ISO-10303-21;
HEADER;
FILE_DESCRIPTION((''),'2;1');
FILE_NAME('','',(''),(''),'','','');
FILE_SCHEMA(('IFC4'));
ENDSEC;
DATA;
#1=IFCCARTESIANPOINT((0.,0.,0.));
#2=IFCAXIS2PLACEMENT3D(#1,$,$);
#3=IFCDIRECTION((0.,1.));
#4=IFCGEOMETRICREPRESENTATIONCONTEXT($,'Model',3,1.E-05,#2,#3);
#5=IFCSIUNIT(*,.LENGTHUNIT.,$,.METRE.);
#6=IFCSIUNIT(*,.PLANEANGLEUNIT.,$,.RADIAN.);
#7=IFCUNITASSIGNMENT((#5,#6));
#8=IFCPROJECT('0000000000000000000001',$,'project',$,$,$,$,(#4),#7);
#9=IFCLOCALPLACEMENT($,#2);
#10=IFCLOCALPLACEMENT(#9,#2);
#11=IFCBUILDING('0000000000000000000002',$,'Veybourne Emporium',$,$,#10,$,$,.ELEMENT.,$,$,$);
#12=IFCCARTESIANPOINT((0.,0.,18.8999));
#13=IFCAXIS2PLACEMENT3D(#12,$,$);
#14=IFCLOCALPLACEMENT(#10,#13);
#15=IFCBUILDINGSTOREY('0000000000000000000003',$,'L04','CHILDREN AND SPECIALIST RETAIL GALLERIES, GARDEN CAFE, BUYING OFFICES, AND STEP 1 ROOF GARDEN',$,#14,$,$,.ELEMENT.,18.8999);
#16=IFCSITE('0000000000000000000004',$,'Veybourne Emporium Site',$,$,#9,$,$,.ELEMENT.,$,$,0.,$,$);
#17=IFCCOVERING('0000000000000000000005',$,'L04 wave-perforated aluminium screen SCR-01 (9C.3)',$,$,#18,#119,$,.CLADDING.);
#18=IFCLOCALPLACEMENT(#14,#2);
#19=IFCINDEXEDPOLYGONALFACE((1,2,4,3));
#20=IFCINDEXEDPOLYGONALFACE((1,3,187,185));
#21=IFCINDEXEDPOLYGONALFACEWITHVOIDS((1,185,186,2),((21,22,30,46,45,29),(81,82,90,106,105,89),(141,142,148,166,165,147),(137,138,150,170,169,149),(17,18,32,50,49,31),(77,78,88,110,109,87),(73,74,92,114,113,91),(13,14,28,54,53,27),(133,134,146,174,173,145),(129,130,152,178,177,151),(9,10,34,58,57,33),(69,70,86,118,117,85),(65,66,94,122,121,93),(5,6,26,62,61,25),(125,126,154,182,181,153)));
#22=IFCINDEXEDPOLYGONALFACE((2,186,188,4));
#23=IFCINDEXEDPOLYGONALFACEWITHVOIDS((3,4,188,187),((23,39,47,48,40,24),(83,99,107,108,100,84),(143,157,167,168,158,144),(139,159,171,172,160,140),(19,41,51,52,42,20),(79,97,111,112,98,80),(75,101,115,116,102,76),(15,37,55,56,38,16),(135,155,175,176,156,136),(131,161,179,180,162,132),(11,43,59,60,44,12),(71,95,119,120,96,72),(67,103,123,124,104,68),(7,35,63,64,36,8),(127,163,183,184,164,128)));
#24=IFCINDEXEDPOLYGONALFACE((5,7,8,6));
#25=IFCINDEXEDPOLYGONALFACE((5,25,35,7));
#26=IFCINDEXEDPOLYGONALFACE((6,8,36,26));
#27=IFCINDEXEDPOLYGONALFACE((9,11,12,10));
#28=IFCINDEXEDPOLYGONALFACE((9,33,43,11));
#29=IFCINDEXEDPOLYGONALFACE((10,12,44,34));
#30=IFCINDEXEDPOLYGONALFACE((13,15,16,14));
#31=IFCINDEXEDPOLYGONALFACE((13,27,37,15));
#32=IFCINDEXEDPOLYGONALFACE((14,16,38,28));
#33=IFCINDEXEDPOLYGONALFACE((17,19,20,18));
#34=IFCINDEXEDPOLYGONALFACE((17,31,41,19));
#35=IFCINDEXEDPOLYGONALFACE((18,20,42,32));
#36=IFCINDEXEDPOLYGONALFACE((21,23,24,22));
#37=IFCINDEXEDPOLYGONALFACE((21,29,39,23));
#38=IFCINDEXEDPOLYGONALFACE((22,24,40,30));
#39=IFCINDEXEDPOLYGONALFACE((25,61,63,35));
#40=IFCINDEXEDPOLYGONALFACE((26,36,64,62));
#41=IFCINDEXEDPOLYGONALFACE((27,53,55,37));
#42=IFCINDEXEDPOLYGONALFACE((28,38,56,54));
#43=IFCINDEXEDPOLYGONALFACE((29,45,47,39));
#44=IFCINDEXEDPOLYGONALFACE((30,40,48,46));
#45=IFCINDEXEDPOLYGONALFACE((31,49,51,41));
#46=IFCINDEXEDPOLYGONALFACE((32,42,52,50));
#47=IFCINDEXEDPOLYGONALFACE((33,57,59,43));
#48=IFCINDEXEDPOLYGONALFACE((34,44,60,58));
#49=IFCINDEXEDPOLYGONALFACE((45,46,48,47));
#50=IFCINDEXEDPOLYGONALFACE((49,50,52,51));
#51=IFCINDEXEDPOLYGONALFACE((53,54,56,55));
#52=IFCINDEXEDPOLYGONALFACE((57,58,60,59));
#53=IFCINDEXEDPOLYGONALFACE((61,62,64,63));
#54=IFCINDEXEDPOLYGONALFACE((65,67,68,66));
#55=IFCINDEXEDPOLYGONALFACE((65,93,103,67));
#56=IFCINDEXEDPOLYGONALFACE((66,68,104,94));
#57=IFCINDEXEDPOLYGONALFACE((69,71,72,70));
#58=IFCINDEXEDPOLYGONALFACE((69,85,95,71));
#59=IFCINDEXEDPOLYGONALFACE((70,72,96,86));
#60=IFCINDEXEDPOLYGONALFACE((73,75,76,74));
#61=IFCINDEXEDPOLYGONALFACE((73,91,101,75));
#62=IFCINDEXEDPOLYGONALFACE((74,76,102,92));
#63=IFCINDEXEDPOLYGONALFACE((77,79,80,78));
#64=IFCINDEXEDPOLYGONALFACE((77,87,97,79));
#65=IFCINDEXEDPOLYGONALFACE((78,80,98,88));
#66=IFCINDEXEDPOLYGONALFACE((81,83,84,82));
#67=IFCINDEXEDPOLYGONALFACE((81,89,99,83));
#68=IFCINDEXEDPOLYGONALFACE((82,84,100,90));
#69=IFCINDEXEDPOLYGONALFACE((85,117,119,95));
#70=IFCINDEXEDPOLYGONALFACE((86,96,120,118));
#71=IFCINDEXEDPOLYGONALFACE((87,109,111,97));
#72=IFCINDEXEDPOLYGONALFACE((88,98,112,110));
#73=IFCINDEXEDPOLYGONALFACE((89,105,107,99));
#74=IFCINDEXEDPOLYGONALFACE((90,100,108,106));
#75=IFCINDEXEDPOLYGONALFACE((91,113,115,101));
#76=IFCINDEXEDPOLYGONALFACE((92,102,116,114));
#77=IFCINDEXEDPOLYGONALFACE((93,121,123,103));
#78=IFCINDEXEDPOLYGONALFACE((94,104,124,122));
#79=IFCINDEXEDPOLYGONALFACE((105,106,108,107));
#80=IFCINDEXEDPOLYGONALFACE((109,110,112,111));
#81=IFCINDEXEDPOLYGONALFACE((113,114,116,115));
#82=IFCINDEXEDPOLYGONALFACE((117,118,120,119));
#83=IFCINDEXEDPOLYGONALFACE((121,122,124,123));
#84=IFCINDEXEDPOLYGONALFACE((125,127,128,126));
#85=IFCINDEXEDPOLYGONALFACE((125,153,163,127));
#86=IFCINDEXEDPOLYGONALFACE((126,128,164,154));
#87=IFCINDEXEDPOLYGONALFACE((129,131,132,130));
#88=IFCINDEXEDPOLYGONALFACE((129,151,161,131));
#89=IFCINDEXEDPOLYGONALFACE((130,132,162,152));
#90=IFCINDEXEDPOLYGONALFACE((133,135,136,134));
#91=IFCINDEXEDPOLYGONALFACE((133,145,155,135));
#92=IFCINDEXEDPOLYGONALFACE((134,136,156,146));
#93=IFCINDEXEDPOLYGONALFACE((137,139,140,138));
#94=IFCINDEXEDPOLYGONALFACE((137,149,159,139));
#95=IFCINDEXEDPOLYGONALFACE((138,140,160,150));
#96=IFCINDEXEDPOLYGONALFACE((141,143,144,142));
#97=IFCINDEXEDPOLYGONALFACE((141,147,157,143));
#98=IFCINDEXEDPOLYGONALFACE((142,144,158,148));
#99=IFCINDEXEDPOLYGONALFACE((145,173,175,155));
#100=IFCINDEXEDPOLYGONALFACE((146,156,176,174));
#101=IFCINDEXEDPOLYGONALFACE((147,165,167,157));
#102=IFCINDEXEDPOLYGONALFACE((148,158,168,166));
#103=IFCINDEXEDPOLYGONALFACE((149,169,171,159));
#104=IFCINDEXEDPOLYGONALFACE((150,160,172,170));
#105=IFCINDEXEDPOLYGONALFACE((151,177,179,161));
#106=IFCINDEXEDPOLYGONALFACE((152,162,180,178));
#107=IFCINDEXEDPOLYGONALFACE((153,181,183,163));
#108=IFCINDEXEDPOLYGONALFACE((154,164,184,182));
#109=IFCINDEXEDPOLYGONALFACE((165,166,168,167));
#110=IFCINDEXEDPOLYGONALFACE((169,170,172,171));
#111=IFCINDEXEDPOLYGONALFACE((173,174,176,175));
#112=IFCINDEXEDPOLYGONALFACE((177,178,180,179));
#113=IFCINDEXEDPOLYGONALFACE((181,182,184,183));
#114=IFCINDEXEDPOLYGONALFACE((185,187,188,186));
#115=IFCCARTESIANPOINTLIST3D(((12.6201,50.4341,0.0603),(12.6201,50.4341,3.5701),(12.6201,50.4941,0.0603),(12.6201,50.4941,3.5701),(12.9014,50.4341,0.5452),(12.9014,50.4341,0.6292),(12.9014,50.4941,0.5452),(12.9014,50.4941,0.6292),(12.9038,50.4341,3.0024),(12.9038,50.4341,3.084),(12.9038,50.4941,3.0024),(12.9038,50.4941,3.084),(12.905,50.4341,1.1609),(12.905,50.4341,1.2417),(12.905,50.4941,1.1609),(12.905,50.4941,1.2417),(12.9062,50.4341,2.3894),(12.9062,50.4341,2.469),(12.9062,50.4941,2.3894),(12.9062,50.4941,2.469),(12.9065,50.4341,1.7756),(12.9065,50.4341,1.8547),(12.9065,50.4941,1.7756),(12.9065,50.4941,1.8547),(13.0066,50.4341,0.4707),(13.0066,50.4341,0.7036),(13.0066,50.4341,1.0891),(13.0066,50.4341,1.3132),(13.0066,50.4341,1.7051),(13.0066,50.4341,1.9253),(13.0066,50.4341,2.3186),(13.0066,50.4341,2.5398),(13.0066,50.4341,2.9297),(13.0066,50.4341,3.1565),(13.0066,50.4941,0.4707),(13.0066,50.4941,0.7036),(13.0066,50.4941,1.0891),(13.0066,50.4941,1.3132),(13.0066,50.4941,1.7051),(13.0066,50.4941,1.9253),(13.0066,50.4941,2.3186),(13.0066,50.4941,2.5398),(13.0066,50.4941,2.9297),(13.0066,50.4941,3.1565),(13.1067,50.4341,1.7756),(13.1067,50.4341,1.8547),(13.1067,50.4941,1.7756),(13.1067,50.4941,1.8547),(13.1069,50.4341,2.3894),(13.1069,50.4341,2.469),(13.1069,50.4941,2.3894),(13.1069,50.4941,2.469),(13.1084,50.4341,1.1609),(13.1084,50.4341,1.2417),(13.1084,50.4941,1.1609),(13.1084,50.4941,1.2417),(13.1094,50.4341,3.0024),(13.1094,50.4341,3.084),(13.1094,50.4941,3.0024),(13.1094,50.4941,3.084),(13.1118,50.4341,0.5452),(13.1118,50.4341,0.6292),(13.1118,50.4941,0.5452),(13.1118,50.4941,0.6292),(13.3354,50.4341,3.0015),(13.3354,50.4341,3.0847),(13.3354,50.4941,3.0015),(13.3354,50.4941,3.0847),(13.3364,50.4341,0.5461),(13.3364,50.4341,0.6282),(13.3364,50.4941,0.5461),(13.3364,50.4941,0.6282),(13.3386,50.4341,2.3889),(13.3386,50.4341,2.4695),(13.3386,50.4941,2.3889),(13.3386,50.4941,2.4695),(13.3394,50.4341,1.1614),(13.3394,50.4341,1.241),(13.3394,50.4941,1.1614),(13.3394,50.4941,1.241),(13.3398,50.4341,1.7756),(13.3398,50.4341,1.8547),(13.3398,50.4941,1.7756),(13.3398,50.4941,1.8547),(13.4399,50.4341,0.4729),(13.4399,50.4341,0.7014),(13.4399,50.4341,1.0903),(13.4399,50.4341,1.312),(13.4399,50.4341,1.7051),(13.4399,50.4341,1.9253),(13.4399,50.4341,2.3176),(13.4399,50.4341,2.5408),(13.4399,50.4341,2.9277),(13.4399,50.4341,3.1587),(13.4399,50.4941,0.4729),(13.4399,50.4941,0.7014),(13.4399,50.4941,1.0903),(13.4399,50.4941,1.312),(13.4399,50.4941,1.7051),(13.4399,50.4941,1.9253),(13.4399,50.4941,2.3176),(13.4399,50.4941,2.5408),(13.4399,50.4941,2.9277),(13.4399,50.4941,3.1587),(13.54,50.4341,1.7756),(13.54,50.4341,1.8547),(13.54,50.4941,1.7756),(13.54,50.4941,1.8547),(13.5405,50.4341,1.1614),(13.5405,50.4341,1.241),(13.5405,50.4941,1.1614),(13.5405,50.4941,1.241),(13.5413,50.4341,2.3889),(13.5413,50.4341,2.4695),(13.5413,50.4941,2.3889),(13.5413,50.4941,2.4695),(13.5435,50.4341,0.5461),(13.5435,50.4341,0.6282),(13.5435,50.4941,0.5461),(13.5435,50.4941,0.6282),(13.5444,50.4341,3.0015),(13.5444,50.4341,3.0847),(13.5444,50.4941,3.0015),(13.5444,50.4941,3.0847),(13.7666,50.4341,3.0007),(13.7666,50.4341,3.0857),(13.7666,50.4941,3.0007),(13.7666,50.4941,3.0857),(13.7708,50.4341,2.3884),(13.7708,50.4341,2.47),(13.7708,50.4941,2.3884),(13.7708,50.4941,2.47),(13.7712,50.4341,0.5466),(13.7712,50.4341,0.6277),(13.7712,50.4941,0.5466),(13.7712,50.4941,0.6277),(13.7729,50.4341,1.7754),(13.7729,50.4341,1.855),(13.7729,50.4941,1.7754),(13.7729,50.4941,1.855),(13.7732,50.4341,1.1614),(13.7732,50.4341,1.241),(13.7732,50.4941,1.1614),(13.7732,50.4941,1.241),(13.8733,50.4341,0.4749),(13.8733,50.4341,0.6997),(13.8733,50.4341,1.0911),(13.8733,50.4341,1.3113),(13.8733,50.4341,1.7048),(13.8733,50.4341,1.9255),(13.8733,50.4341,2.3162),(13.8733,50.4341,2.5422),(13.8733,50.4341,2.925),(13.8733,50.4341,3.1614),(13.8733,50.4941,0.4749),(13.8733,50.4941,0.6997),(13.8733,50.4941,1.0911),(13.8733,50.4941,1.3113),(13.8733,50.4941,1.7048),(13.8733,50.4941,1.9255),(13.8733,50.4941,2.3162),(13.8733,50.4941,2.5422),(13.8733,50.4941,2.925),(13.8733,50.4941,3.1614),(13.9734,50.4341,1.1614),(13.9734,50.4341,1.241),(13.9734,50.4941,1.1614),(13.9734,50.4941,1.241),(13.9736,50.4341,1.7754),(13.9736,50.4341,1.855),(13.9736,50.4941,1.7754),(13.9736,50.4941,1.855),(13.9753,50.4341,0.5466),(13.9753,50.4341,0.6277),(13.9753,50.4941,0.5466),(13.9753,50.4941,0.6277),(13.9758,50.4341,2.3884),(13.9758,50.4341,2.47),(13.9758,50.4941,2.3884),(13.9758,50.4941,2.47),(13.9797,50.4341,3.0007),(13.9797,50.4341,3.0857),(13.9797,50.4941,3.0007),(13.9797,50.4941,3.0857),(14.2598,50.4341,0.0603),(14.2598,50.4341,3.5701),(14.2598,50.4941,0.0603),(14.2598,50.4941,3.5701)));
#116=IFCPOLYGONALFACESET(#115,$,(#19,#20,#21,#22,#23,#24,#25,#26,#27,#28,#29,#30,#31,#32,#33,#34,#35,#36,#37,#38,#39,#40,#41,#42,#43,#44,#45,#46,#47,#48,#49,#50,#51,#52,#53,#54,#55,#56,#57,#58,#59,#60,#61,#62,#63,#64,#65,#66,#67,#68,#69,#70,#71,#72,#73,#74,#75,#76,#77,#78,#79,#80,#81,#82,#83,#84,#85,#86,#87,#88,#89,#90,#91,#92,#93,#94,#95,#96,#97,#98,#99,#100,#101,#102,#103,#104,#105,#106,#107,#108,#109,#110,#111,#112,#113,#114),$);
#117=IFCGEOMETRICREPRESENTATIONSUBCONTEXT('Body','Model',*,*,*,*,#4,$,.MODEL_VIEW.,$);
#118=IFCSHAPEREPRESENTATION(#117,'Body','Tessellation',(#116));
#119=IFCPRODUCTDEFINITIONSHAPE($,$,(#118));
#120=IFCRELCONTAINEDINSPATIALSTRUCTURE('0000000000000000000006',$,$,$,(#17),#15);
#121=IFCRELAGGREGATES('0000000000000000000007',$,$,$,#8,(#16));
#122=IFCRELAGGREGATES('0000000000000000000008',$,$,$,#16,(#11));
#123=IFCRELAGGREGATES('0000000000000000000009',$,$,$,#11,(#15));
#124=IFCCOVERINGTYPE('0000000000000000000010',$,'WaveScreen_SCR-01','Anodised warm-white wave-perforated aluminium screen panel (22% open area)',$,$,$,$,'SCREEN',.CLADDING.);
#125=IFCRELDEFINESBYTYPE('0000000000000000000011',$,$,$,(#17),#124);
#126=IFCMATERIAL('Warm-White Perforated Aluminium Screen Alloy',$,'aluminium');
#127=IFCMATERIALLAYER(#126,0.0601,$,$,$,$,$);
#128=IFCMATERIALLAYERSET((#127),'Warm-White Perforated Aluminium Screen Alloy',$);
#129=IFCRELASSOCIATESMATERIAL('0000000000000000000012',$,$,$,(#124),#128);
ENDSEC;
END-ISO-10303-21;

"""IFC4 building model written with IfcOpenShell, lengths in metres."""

from ifc_helpers import new_model, si_unit, direction, frame, origin, place, context, subcontext, project, spatial, polyline, outline, extrude, material, layer, layer_set, type_object, element, save


model = new_model("IFC4")

# Units and contexts
model_context = context("Model", 3, precision=1e-05, world=origin(), true_north=direction((0.0, 1.0)))
body_context = subcontext(model_context, "Body", "Model", "MODEL_VIEW")
ifc_project = project(units=[si_unit("LENGTHUNIT", "METRE"), si_unit("PLANEANGLEUNIT", "RADIAN")], contexts=[model_context])

# Site, building, storey
site_placement = place(None, origin())
site = spatial("IfcSite", under=ifc_project, at=site_placement, Name="Veybourne Emporium Site", CompositionType="ELEMENT", RefElevation=0.0)
building_placement = place(site_placement, origin())
building = spatial("IfcBuilding", under=site, at=building_placement, Name="Veybourne Emporium", CompositionType="ELEMENT")
storey_placement = place(building_placement, frame((0.0, 0.0, 18.8999)))
storey = spatial("IfcBuildingStorey", under=building, at=storey_placement, Name="L04", Description="CHILDREN AND SPECIALIST RETAIL GALLERIES, GARDEN CAFE, BUYING OFFICES, AND STEP 1 ROOF GARDEN", CompositionType="ELEMENT", Elevation=18.8999)

# Covering
ifc_material_1 = material(Name="Warm-White Perforated Aluminium Screen Alloy", Category="aluminium")
ifc_layer_1 = layer(ifc_material_1, 0.0601)
ifc_layer_set_1 = layer_set([ifc_layer_1], Name="Warm-White Perforated Aluminium Screen Alloy")
covering_type_1 = type_object("IfcCoveringType", Name="WaveScreen_SCR-01", Description="Anodised warm-white wave-perforated aluminium screen panel (22% open area)", ElementType="SCREEN", PredefinedType="CLADDING", material=ifc_layer_set_1)
covering_1_placement = place(storey_placement, frame((13.4399, 50.4941, 1.8152), z_axis=(0.0, -1.0, 0.0), x_axis=(1.0, 0.0, 0.0)))
element("IfcCovering", 1, at=covering_1_placement, inside=storey, type_object=covering_type_1, Name="L04 wave-perforated aluminium screen SCR-01 (9C.3)", PredefinedType="CLADDING", context=body_context, shape_type="SweptSolid", body=[
    extrude(outline(polyline([(-0.8198, -1.7549), (0.8198, -1.7549), (0.8198, 1.7549), (-0.8198, 1.7549), (-0.8198, -1.7549)]), holes=[polyline([(-0.4333, -1.1116), (-0.3281, -1.186), (-0.3281, -1.27), (-0.4333, -1.3445), (-0.5386, -1.27), (-0.5386, -1.186), (-0.4333, -1.1116)]), polyline([(-0.4333, -0.502), (-0.3315, -0.5735), (-0.3315, -0.6543), (-0.4333, -0.7261), (-0.5349, -0.6543), (-0.5349, -0.5735), (-0.4333, -0.502)]), polyline([(-0.4333, 0.1101), (-0.3333, 0.0396), (-0.3333, -0.0396), (-0.4333, -0.1101), (-0.5334, -0.0396), (-0.5334, 0.0396), (-0.4333, 0.1101)]), polyline([(-0.4333, 0.7246), (-0.333, 0.6538), (-0.333, 0.5742), (-0.4333, 0.5034), (-0.5337, 0.5742), (-0.5337, 0.6538), (-0.4333, 0.7246)]), polyline([(-0.4333, 1.3413), (-0.3306, 1.2688), (-0.3306, 1.1873), (-0.4333, 1.1145), (-0.5361, 1.1873), (-0.5361, 1.2688), (-0.4333, 1.3413)]), polyline([(0.0, -1.1138), (0.1035, -1.187), (0.1035, -1.269), (0.0, -1.3423), (-0.1035, -1.269), (-0.1035, -1.187), (0.0, -1.1138)]), polyline([(0.0, -0.5032), (0.1006, -0.5742), (0.1006, -0.6538), (0.0, -0.7249), (-0.1006, -0.6538), (-0.1006, -0.5742), (0.0, -0.5032)]), polyline([(0.0, 0.1101), (0.1001, 0.0396), (0.1001, -0.0396), (0.0, -0.1101), (-0.1001, -0.0396), (-0.1001, 0.0396), (0.0, 0.1101)]), polyline([(0.0, 0.7256), (0.1013, 0.6543), (0.1013, 0.5737), (0.0, 0.5024), (-0.1013, 0.5737), (-0.1013, 0.6543), (0.0, 0.7256)]), polyline([(0.0, 1.3435), (0.1045, 1.2695), (0.1045, 1.1863), (0.0, 1.1125), (-0.1045, 1.1863), (-0.1045, 1.2695), (0.0, 1.3435)]), polyline([(0.4333, -1.1155), (0.5354, -1.1875), (0.5354, -1.2686), (0.4333, -1.3403), (0.3313, -1.2686), (0.3313, -1.1875), (0.4333, -1.1155)]), polyline([(0.4333, -0.5039), (0.5334, -0.5742), (0.5334, -0.6538), (0.4333, -0.7241), (0.3333, -0.6538), (0.3333, -0.5742), (0.4333, -0.5039)]), polyline([(0.4333, 0.1104), (0.5337, 0.0398), (0.5337, -0.0398), (0.4333, -0.1104), (0.333, -0.0398), (0.333, 0.0398), (0.4333, 0.1104)]), polyline([(0.4333, 0.7271), (0.5359, 0.6548), (0.5359, 0.5732), (0.4333, 0.501), (0.3308, 0.5732), (0.3308, 0.6548), (0.4333, 0.7271)]), polyline([(0.4333, 1.3462), (0.5398, 1.2705), (0.5398, 1.1855), (0.4333, 1.1099), (0.3267, 1.1855), (0.3267, 1.2705), (0.4333, 1.3462)])]), origin(), (0.0, 0.0, 1.0), 0.0601),
])

save(model, "model.ifc")
